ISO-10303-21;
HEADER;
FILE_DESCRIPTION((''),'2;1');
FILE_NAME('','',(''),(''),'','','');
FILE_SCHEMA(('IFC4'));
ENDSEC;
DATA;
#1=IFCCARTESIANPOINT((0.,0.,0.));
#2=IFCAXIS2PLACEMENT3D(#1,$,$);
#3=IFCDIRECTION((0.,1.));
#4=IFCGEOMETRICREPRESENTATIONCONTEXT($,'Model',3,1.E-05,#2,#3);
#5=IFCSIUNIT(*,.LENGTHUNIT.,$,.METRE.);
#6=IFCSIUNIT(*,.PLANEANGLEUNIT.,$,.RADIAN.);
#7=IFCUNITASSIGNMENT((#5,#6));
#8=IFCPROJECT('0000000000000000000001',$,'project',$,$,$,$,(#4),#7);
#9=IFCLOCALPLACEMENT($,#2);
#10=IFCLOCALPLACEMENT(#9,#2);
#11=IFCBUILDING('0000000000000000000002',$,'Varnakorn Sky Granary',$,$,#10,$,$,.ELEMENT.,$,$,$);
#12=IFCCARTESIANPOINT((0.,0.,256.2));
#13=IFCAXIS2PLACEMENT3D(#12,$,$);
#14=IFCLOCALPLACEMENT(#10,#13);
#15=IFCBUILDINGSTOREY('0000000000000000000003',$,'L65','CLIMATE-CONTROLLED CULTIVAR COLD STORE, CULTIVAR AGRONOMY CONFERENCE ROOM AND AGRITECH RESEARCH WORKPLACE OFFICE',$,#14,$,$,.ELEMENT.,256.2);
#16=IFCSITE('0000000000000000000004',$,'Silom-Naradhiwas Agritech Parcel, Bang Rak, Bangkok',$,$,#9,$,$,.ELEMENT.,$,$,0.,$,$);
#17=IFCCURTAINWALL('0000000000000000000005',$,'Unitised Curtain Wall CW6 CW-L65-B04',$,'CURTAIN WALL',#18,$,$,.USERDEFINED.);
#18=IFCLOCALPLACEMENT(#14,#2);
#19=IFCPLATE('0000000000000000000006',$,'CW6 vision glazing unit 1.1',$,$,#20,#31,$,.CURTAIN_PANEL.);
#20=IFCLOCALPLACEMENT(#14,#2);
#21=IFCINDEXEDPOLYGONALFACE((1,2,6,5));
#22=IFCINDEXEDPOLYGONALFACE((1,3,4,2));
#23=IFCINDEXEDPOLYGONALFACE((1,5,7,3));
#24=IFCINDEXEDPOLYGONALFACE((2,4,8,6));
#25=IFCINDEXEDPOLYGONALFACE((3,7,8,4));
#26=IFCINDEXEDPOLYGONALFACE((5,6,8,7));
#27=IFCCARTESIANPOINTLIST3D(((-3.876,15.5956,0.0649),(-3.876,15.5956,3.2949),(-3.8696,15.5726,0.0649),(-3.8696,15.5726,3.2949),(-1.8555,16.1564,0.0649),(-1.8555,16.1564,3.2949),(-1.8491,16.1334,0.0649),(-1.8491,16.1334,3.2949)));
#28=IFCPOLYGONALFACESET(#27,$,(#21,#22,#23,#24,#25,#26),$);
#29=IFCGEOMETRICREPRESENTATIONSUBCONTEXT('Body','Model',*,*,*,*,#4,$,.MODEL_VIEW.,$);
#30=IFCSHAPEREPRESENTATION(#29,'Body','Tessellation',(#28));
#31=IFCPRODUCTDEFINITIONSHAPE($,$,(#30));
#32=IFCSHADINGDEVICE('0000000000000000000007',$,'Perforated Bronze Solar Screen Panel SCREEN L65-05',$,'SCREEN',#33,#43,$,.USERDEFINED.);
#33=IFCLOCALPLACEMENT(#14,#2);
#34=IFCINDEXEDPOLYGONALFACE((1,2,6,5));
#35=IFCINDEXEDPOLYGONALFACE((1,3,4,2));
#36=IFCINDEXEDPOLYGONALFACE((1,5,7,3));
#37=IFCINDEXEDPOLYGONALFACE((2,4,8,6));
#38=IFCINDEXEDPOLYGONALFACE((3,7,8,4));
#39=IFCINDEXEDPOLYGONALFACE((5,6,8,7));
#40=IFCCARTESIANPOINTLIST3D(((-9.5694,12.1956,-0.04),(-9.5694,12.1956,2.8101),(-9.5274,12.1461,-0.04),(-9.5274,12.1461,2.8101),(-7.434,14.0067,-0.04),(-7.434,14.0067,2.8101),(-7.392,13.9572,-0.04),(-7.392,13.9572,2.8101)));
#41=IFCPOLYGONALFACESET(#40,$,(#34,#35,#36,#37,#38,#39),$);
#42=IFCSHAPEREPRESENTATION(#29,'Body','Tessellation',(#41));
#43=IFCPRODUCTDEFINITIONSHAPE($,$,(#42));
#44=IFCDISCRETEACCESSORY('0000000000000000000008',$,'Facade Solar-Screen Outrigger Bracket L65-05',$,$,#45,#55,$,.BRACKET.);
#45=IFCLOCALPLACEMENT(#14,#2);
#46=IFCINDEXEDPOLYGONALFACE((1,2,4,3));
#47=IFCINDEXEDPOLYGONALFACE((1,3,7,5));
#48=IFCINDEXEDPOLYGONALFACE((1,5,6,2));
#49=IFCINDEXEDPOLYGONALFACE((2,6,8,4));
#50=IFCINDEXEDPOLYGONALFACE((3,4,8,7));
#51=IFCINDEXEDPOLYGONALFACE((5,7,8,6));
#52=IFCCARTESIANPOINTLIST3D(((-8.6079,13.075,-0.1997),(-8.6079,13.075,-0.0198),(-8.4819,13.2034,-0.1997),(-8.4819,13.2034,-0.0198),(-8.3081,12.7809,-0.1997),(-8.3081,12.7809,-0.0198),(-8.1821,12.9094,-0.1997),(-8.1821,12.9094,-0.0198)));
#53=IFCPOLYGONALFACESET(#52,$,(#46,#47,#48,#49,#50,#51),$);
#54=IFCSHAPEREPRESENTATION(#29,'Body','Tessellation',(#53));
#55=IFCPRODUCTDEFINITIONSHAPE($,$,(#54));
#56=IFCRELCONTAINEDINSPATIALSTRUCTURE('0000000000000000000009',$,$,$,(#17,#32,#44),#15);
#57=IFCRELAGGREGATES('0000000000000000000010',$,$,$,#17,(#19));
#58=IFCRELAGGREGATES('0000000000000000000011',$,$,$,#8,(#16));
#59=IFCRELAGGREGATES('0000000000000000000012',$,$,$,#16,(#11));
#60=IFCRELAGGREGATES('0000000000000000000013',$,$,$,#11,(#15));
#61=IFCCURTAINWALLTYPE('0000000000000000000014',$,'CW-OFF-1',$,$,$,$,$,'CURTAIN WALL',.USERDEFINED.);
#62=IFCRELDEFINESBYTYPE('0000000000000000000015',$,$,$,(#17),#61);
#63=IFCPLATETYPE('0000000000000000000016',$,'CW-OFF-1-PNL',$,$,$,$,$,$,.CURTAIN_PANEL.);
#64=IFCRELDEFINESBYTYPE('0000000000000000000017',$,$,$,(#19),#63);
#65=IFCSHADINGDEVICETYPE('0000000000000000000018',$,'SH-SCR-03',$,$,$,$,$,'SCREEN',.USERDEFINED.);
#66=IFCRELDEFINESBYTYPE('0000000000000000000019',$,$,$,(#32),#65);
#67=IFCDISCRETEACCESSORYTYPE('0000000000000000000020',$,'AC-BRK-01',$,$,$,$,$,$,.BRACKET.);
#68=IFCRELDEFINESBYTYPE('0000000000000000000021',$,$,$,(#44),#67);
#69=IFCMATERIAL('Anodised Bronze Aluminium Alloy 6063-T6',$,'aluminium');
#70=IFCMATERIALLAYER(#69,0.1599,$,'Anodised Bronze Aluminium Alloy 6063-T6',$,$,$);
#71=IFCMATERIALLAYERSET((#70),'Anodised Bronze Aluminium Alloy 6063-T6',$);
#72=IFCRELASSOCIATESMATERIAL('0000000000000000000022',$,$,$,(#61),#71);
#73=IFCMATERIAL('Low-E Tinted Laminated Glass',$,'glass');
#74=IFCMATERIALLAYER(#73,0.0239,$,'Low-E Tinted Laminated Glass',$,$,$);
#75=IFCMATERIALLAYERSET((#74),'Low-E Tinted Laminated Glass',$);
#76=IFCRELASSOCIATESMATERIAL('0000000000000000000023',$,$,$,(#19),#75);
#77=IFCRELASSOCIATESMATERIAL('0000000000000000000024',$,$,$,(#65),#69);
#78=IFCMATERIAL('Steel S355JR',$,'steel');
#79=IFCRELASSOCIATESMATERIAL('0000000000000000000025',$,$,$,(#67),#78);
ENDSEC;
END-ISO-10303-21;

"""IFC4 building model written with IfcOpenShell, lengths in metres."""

from ifc_helpers import new_model, si_unit, direction, frame, origin, origin_2d, place, context, subcontext, project, spatial, rectangle, extrude, source, transform, mapped, material, layer, layer_set, type_object, type_shapes, element, aggregate, save


model = new_model("IFC4")

# Units and contexts
model_context = context("Model", 3, precision=1e-05, world=origin(), true_north=direction((0.0, 1.0)))
body_context = subcontext(model_context, "Body", "Model", "MODEL_VIEW")
ifc_project = project(units=[si_unit("LENGTHUNIT", "METRE"), si_unit("PLANEANGLEUNIT", "RADIAN")], contexts=[model_context])

# Site, building, storey
site_placement = place(None, origin())
site = spatial("IfcSite", under=ifc_project, at=site_placement, Name="Silom-Naradhiwas Agritech Parcel, Bang Rak, Bangkok", CompositionType="ELEMENT", RefElevation=0.0)
building_placement = place(site_placement, origin())
building = spatial("IfcBuilding", under=site, at=building_placement, Name="Varnakorn Sky Granary", CompositionType="ELEMENT")
storey_placement = place(building_placement, frame((0.0, 0.0, 256.2)))
storey = spatial("IfcBuildingStorey", under=building, at=storey_placement, Name="L65", Description="CLIMATE-CONTROLLED CULTIVAR COLD STORE, CULTIVAR AGRONOMY CONFERENCE ROOM AND AGRITECH RESEARCH WORKPLACE OFFICE", CompositionType="ELEMENT", Elevation=256.2)

# Shared definitions
ifc_material_1 = material(Name="Steel S355JR", Category="steel")

# Curtain wall
ifc_material_2 = material(Name="Anodised Bronze Aluminium Alloy 6063-T6", Category="aluminium")
ifc_layer_1 = layer(ifc_material_2, 0.1599, Name="Anodised Bronze Aluminium Alloy 6063-T6")
ifc_layer_set_1 = layer_set([ifc_layer_1], Name="Anodised Bronze Aluminium Alloy 6063-T6")
curtain_wall_type = type_object("IfcCurtainWallType", Name="CW-OFF-1", ElementType="CURTAIN WALL", PredefinedType="USERDEFINED", material=ifc_layer_set_1)
curtain_wall_1_placement = place(storey_placement, origin())
curtain_wall_1 = element("IfcCurtainWall", 1, at=curtain_wall_1_placement, inside=storey, type_object=curtain_wall_type, Name="Unitised Curtain Wall CW6 CW-L65-B04", ObjectType="CURTAIN WALL", PredefinedType="USERDEFINED")

# Plate
ifc_material_3 = material(Name="Low-E Tinted Laminated Glass", Category="glass")
ifc_layer_2 = layer(ifc_material_3, 0.0239, Name="Low-E Tinted Laminated Glass")
ifc_layer_set_2 = layer_set([ifc_layer_2], Name="Low-E Tinted Laminated Glass")
plate_type = type_object("IfcPlateType", Name="CW-OFF-1-PNL", PredefinedType="CURTAIN_PANEL")
shared_shape_1 = source(origin(), body_context, "Body", "SweptSolid", [
    extrude(rectangle(XDim=2.0969, YDim=0.0239, at=origin_2d()), origin(), (0.0, 0.0, 1.0), 3.23),
])
plate_1_placement = place(storey_placement, frame((-2.8625, 15.8645, 0.0649), z_axis=(0.0, 0.0, 1.0), x_axis=(0.963577, 0.267429, 0.0)))
plate_1 = element("IfcPlate", 2, at=plate_1_placement, type_object=plate_type, material=ifc_layer_set_2, Name="CW6 vision glazing unit 1.1", PredefinedType="CURTAIN_PANEL", context=body_context, shape_type="MappedRepresentation", body=[
    mapped(shared_shape_1, transform((0.0, 0.0, 0.0), x_axis=(1.0, 0.0, 0.0), y_axis=(0.0, 1.0, 0.0), z_axis=(0.0, 0.0, 1.0), scale=1.0)),
])
aggregate(curtain_wall_1, [plate_1])

# Shading device
shading_device_type = type_object("IfcShadingDeviceType", Name="SH-SCR-03", ElementType="SCREEN", PredefinedType="USERDEFINED", material=ifc_material_2)
shared_shape_2 = source(origin(), body_context, "Body", "SweptSolid", [
    extrude(rectangle(XDim=2.8, YDim=0.0649, at=origin_2d()), origin(), (0.0, 0.0, 1.0), 2.8501),
])
type_shapes(shading_device_type, [shared_shape_2])
shading_device_placement = place(storey_placement, frame((-8.4807, 13.0764, -0.04), z_axis=(0.0, 0.0, 1.0), x_axis=(-0.762647, -0.646815, 0.0)))
element("IfcShadingDevice", 3, at=shading_device_placement, inside=storey, type_object=shading_device_type, Name="Perforated Bronze Solar Screen Panel SCREEN L65-05", ObjectType="SCREEN", PredefinedType="USERDEFINED", context=body_context, shape_type="MappedRepresentation", body=[
    mapped(shared_shape_2, transform((0.0, 0.0, 0.0), x_axis=(1.0, 0.0, 0.0), y_axis=(0.0, 1.0, 0.0), z_axis=(0.0, 0.0, 1.0), scale=1.0)),
])

# Discrete accessory
discrete_accessory_type = type_object("IfcDiscreteAccessoryType", Name="AC-BRK-01", PredefinedType="BRACKET", material=ifc_material_1)
shared_shape_3 = source(origin(), body_context, "Body", "SweptSolid", [
    extrude(rectangle(XDim=0.1799, YDim=0.4199, at=origin_2d()), origin(), (0.0, 0.0, 1.0), 0.1799),
])
type_shapes(discrete_accessory_type, [shared_shape_3])
discrete_accessory_placement = place(storey_placement, frame((-8.395, 12.9922, -0.1997), z_axis=(0.0, 0.0, 1.0), x_axis=(-0.700263, -0.713885, 0.0)))
element("IfcDiscreteAccessory", 4, at=discrete_accessory_placement, inside=storey, type_object=discrete_accessory_type, Name="Facade Solar-Screen Outrigger Bracket L65-05", PredefinedType="BRACKET", context=body_context, shape_type="MappedRepresentation", body=[
    mapped(shared_shape_3, transform((0.0, 0.0, 0.0), x_axis=(1.0, 0.0, 0.0), y_axis=(0.0, 1.0, 0.0), z_axis=(0.0, 0.0, 1.0), scale=1.0)),
])

save(model, "model.ifc")
